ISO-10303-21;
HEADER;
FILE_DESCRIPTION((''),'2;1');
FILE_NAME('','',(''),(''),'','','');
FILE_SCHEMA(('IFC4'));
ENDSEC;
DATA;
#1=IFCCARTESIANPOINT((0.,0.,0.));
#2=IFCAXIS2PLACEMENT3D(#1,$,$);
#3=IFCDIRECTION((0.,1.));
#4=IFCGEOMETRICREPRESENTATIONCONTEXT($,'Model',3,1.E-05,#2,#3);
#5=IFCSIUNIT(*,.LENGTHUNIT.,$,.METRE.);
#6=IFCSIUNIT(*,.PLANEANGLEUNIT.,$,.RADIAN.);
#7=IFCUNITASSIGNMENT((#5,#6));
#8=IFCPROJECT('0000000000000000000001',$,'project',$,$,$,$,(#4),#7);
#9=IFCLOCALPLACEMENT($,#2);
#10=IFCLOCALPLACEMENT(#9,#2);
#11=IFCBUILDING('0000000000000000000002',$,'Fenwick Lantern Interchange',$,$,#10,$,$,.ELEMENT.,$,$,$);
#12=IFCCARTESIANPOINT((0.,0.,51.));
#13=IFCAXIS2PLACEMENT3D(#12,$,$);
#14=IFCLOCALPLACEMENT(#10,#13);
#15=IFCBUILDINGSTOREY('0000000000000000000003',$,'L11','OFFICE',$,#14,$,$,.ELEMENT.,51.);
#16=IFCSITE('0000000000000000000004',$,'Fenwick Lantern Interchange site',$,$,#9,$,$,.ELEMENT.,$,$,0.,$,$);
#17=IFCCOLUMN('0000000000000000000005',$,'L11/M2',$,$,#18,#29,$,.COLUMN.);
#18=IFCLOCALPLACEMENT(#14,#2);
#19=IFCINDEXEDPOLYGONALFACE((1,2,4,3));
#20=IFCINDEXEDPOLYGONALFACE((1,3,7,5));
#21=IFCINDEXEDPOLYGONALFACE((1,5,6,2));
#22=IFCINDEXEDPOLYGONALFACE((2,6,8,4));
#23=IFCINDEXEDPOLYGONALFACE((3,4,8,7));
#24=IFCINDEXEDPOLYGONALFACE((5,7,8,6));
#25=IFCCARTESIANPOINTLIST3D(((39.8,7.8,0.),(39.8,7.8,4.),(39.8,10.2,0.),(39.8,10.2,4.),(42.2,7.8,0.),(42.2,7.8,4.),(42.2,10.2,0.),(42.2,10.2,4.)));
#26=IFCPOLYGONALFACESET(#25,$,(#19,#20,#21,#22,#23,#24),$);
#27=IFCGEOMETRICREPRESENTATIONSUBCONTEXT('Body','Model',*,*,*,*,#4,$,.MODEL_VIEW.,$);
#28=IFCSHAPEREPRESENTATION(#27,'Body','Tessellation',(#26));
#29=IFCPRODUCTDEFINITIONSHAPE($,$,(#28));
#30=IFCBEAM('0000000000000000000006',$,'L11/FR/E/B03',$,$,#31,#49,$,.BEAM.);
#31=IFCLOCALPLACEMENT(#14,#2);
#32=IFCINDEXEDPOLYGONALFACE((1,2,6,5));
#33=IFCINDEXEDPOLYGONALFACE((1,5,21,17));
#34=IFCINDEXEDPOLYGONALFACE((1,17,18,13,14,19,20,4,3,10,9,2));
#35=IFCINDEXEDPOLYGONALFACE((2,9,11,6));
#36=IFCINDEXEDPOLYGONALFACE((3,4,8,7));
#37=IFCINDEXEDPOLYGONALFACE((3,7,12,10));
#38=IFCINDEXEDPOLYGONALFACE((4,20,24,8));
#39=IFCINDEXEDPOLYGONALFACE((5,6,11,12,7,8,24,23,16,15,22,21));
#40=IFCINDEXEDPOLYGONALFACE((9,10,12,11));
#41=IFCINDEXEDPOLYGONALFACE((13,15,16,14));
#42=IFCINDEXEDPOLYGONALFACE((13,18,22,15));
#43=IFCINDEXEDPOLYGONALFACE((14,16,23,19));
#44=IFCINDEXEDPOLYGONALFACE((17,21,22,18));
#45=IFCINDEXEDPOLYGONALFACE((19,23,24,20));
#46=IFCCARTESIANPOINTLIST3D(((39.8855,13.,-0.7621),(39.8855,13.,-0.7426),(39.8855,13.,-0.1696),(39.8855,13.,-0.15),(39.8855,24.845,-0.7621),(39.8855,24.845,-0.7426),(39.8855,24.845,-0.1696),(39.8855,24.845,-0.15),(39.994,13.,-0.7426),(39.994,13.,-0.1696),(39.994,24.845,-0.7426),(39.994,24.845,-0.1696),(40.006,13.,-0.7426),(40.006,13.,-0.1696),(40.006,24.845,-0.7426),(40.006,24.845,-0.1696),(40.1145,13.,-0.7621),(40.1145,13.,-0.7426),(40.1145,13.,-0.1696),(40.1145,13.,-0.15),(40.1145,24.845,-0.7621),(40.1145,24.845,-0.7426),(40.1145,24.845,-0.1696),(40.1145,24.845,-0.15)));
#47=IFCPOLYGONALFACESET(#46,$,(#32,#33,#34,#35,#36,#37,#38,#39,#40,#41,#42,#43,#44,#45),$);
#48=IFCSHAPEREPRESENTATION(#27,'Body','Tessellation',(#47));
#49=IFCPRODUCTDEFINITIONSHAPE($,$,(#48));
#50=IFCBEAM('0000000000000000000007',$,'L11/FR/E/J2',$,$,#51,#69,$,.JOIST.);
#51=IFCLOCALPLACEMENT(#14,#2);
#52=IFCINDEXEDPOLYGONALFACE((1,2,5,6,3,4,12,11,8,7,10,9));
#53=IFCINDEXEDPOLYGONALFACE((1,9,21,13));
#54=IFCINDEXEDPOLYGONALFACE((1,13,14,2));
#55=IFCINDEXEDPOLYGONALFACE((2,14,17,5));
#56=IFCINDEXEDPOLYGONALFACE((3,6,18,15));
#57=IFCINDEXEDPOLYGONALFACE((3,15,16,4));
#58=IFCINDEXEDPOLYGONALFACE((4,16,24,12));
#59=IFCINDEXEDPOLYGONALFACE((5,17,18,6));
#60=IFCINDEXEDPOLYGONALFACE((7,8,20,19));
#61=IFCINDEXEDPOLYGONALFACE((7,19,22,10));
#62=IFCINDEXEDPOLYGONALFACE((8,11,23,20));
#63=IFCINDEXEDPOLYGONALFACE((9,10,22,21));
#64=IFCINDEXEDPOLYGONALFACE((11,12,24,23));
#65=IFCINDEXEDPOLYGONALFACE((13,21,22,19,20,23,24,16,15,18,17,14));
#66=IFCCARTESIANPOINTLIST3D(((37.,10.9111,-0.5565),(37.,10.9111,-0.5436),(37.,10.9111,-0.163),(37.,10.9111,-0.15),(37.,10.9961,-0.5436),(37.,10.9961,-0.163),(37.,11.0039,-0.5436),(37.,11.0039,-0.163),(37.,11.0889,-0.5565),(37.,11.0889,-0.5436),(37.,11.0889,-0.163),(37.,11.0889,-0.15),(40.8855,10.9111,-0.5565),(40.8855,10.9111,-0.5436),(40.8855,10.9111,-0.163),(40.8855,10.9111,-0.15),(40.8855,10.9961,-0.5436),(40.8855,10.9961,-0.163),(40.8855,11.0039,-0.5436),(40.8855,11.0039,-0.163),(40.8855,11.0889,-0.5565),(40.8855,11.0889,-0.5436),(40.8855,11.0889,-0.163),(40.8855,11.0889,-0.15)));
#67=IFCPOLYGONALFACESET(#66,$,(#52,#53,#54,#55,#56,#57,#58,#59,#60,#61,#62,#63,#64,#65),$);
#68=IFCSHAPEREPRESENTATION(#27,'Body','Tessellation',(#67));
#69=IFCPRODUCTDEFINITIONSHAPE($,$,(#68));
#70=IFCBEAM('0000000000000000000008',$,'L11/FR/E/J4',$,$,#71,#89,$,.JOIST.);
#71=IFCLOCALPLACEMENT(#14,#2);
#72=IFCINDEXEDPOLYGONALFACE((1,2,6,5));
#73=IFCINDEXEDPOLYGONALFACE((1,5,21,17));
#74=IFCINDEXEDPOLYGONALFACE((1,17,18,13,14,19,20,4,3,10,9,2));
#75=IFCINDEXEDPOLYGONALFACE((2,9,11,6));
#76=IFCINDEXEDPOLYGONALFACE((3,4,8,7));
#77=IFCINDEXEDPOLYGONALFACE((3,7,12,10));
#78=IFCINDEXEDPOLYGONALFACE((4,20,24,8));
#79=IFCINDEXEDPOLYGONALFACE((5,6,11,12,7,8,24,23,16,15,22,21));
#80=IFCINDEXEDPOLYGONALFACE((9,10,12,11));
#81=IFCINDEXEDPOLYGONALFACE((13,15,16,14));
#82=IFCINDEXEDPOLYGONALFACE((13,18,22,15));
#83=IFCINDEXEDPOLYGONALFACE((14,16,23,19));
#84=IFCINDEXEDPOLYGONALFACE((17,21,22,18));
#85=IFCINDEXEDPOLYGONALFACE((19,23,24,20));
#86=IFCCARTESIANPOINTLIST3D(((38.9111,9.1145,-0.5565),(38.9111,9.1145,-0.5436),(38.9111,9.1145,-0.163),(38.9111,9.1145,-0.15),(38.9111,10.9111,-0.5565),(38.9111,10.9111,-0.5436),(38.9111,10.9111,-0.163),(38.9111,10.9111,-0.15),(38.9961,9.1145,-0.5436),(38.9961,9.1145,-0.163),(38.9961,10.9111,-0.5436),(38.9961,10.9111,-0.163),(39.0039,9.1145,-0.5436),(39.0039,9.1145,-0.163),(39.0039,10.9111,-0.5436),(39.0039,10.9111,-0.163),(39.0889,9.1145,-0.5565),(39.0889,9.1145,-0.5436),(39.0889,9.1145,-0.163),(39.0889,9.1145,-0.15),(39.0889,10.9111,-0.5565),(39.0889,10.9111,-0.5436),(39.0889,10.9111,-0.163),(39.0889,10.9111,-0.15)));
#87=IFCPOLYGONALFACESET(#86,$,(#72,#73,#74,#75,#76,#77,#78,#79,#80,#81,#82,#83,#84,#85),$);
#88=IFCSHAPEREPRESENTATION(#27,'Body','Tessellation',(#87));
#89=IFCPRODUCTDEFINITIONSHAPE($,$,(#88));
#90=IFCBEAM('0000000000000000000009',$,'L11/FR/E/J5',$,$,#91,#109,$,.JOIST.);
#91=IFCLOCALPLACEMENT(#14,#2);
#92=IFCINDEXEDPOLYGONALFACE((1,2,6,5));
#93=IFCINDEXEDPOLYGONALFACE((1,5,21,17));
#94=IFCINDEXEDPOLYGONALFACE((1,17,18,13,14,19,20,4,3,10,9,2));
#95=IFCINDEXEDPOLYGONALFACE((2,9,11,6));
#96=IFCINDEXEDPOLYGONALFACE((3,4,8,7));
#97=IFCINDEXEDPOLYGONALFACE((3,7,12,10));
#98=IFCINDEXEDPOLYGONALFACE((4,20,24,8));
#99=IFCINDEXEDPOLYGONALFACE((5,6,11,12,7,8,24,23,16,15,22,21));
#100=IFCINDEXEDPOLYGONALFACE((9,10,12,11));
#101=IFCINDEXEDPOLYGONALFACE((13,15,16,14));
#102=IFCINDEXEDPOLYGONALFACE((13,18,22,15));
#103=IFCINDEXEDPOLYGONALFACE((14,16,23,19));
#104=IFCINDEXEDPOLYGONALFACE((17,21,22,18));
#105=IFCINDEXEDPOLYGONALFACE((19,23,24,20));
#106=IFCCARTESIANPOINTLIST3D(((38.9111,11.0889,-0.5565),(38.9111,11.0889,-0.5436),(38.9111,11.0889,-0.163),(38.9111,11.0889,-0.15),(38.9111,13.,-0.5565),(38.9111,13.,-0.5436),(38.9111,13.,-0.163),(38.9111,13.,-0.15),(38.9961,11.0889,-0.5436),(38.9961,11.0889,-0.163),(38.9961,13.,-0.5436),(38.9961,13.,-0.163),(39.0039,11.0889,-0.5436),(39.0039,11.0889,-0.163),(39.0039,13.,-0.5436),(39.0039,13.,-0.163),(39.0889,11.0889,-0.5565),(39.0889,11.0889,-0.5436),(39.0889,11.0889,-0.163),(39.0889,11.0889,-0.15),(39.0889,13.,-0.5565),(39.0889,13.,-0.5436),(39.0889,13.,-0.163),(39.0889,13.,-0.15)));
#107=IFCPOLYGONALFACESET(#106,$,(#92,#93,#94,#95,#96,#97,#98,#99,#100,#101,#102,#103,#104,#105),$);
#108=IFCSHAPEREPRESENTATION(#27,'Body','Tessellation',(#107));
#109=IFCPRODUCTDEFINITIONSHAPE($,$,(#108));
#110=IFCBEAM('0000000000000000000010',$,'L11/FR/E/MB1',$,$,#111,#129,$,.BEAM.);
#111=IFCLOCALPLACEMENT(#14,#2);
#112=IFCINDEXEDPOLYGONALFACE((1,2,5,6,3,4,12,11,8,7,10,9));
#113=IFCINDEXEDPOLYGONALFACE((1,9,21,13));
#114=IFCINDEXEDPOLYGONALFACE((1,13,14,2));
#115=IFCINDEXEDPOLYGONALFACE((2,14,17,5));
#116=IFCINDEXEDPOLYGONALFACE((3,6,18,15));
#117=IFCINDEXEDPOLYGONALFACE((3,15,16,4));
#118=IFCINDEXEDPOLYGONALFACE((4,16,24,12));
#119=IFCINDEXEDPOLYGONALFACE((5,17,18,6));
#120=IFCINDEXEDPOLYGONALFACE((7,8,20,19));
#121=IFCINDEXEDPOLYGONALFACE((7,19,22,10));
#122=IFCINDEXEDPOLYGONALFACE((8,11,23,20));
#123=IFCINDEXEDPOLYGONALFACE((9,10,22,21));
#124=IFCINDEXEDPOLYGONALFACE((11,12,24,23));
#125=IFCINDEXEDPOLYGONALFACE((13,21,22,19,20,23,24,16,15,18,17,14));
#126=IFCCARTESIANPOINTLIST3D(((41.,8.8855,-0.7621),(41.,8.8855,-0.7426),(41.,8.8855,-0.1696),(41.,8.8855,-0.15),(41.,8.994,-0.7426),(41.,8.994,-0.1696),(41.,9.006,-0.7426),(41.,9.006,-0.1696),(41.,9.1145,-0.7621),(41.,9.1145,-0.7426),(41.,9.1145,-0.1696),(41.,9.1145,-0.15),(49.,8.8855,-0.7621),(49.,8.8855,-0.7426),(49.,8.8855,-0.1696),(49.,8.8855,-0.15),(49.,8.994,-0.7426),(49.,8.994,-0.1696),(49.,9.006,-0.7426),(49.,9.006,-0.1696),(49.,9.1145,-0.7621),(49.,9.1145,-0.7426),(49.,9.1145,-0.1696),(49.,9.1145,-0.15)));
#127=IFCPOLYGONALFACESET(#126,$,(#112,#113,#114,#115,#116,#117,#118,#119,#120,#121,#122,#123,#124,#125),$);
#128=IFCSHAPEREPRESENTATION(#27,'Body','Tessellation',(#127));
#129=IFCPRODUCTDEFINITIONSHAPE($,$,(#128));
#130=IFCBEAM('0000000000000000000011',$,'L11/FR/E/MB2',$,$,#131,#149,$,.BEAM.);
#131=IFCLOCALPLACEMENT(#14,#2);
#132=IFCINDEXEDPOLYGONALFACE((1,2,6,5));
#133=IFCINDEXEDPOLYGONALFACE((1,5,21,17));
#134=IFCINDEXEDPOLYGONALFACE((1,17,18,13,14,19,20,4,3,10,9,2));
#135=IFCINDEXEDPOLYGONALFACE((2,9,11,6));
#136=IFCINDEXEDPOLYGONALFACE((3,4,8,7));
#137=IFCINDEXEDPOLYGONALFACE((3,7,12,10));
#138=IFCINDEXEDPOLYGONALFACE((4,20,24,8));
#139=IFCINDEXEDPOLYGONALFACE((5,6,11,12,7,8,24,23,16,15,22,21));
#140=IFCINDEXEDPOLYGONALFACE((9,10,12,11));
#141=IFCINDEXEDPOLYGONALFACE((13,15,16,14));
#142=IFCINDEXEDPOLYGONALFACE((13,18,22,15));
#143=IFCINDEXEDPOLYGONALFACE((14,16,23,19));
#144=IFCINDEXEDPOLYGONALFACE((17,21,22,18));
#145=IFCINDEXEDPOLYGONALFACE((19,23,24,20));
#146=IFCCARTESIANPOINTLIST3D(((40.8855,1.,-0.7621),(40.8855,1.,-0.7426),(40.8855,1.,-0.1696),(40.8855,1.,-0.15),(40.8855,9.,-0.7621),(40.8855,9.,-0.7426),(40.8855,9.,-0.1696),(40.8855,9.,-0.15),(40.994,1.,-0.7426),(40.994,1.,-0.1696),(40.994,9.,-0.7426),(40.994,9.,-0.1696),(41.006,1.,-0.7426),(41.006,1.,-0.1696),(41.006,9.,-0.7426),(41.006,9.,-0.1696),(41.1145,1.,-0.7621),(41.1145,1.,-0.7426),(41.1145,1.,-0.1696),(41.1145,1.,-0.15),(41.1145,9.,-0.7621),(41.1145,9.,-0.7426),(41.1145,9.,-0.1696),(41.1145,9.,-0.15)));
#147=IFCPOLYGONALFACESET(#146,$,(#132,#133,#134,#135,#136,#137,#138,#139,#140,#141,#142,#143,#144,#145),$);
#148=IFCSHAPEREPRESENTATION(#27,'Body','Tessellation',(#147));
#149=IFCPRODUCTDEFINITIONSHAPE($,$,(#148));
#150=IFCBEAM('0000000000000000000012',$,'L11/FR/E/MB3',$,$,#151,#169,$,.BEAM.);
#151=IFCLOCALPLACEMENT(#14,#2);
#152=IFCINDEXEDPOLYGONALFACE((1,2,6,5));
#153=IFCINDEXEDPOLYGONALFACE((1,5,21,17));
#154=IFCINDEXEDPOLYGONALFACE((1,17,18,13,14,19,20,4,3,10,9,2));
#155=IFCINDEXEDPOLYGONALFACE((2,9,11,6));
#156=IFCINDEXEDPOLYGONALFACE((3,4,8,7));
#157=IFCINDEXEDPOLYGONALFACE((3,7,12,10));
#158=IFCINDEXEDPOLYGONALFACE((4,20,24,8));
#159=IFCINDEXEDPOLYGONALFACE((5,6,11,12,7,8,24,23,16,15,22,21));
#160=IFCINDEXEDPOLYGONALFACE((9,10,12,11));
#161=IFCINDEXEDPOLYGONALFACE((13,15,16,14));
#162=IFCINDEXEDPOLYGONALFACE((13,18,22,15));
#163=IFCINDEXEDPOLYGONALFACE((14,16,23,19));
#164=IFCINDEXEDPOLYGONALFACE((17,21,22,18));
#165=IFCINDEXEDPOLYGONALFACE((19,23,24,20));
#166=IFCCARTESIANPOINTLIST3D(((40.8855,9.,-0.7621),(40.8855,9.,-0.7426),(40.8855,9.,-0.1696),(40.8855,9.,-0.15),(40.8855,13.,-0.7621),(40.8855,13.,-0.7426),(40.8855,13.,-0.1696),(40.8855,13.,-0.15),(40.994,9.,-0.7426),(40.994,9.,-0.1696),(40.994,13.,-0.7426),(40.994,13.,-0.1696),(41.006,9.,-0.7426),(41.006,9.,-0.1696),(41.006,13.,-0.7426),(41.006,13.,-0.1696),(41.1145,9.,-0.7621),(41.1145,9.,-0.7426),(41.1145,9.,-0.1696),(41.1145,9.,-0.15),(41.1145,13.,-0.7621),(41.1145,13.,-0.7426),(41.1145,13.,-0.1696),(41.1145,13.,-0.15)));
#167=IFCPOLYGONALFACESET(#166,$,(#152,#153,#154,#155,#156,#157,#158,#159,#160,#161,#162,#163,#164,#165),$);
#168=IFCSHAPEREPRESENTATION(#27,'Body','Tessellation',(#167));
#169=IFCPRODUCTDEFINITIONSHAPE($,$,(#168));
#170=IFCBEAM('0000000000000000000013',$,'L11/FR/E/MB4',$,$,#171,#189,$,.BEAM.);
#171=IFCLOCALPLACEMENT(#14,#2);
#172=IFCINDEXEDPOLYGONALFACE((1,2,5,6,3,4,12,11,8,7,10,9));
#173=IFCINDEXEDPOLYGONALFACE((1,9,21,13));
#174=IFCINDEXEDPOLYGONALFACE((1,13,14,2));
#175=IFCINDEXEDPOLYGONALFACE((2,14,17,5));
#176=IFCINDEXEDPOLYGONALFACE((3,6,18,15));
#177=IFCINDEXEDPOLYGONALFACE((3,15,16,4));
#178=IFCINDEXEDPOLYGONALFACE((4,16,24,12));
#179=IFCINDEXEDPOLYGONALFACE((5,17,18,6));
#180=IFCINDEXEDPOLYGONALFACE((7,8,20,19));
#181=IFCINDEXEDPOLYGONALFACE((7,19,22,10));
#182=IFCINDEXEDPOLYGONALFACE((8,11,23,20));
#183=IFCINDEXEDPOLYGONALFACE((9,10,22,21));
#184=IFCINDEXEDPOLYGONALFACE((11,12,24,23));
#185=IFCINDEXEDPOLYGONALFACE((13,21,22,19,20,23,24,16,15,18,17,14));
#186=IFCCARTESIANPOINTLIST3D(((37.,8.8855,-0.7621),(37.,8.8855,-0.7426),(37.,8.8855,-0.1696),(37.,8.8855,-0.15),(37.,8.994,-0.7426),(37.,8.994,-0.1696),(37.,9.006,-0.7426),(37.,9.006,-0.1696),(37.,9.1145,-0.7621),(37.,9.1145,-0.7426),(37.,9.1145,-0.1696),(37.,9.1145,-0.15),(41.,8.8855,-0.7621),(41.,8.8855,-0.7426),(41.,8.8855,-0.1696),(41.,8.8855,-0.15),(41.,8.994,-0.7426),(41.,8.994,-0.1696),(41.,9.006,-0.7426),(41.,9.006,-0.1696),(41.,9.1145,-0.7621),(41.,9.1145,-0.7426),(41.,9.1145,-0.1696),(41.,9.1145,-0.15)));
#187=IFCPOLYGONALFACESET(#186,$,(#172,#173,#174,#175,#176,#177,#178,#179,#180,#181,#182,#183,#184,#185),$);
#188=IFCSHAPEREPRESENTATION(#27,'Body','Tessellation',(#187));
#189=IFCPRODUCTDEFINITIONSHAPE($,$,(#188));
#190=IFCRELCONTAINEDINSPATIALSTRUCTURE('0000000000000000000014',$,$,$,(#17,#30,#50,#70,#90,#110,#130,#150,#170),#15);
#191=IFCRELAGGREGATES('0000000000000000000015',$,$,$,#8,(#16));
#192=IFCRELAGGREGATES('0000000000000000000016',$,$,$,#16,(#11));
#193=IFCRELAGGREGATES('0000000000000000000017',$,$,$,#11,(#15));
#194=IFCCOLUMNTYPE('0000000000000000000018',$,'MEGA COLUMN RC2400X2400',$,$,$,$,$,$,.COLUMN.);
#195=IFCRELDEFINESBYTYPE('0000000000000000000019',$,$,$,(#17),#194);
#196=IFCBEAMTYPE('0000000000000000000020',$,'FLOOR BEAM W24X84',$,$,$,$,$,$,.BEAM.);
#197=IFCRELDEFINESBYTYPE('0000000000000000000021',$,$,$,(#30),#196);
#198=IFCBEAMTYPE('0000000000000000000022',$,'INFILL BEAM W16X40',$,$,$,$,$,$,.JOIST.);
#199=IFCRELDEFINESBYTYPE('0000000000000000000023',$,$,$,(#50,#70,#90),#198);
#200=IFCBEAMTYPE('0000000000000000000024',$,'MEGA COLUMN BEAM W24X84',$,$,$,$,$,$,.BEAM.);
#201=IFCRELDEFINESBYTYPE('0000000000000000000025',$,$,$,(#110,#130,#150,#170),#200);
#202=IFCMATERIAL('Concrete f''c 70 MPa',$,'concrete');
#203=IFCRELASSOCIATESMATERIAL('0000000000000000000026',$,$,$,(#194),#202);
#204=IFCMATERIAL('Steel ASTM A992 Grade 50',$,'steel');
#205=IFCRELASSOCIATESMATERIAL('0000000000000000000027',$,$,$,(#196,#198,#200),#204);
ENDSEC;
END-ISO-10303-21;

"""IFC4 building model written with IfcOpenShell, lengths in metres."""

from ifc_helpers import new_model, si_unit, direction, frame, origin, origin_2d, place, context, subcontext, project, spatial, rectangle, i_section, extrude, material, material_profile, profile_set, type_object, element, save


model = new_model("IFC4")

# Units and contexts
model_context = context("Model", 3, precision=1e-05, world=origin(), true_north=direction((0.0, 1.0)))
body_context = subcontext(model_context, "Body", "Model", "MODEL_VIEW")
ifc_project = project(units=[si_unit("LENGTHUNIT", "METRE"), si_unit("PLANEANGLEUNIT", "RADIAN")], contexts=[model_context])

# Site, building, storey
site_placement = place(None, origin())
site = spatial("IfcSite", under=ifc_project, at=site_placement, Name="Fenwick Lantern Interchange site", CompositionType="ELEMENT", RefElevation=0.0)
building_placement = place(site_placement, origin())
building = spatial("IfcBuilding", under=site, at=building_placement, Name="Fenwick Lantern Interchange", CompositionType="ELEMENT")
storey_placement = place(building_placement, frame((0.0, 0.0, 51.0)))
storey = spatial("IfcBuildingStorey", under=building, at=storey_placement, Name="L11", Description="OFFICE", CompositionType="ELEMENT", Elevation=51.0)

# Column
ifc_material_1 = material(Name="Concrete f'c 70 MPa", Category="concrete")
ifc_material_profile_1 = material_profile(ifc_material_1, rectangle(XDim=2.3999, YDim=2.3999, at=origin_2d()), Name="RC2400X2400")
ifc_profile_set_1 = profile_set([ifc_material_profile_1], Name="Concrete f'c 70 MPa")
column_type = type_object("IfcColumnType", Name="MEGA COLUMN RC2400X2400", PredefinedType="COLUMN", material=ifc_profile_set_1)
column_placement = place(storey_placement, frame((41.0, 9.0, 0.0), z_axis=(0.0, 0.0, 1.0), x_axis=(1.0, 0.0, 0.0)))
element("IfcColumn", 1, at=column_placement, inside=storey, type_object=column_type, Name="L11/M2", PredefinedType="COLUMN", context=body_context, shape_type="SweptSolid", body=[
    extrude(rectangle(XDim=2.3999, YDim=2.3999, at=origin_2d()), origin(), (0.0, 0.0, 1.0), 4.0),
])

# Beams
ifc_material_2 = material(Name="Steel ASTM A992 Grade 50", Category="steel")
ifc_material_profile_2 = material_profile(ifc_material_2, i_section(OverallWidth=0.229, OverallDepth=0.6121, WebThickness=0.012, FlangeThickness=0.0195, at=origin_2d()), Name="W24X84")
ifc_profile_set_2 = profile_set([ifc_material_profile_2], Name="Steel ASTM A992 Grade 50")
beam_type_1 = type_object("IfcBeamType", Name="FLOOR BEAM W24X84", PredefinedType="BEAM", material=ifc_profile_set_2)
beam_1_placement = place(storey_placement, frame((40.0, 13.0, -0.4561), z_axis=(0.0, 1.0, 0.0), x_axis=(-1.0, 0.0, 0.0)))
element("IfcBeam", 2, at=beam_1_placement, inside=storey, type_object=beam_type_1, Name="L11/FR/E/B03", PredefinedType="BEAM", context=body_context, shape_type="SweptSolid", body=[
    extrude(i_section(OverallWidth=0.229, OverallDepth=0.6121, WebThickness=0.012, FlangeThickness=0.0195, at=origin_2d()), origin(), (0.0, 0.0, 1.0), 11.845),
])
ifc_material_profile_3 = material_profile(ifc_material_2, i_section(OverallWidth=0.1777, OverallDepth=0.4065, WebThickness=0.0078, FlangeThickness=0.0129, at=origin_2d()), Name="W16X40")
ifc_profile_set_3 = profile_set([ifc_material_profile_3], Name="Steel ASTM A992 Grade 50")
beam_type_2 = type_object("IfcBeamType", Name="INFILL BEAM W16X40", PredefinedType="JOIST", material=ifc_profile_set_3)
beam_2_placement = place(storey_placement, frame((40.8855, 11.0, -0.3533), z_axis=(-1.0, 0.0, 0.0), x_axis=(0.0, -1.0, 0.0)))
element("IfcBeam", 3, at=beam_2_placement, inside=storey, type_object=beam_type_2, Name="L11/FR/E/J2", PredefinedType="JOIST", context=body_context, shape_type="SweptSolid", body=[
    extrude(i_section(OverallWidth=0.1777, OverallDepth=0.4065, WebThickness=0.0078, FlangeThickness=0.0129, at=origin_2d()), origin(), (0.0, 0.0, 1.0), 3.8855),
])
beam_3_placement = place(storey_placement, frame((39.0, 9.1145, -0.3533), z_axis=(0.0, 1.0, 0.0), x_axis=(-1.0, 0.0, 0.0)))
element("IfcBeam", 4, at=beam_3_placement, inside=storey, type_object=beam_type_2, Name="L11/FR/E/J4", PredefinedType="JOIST", context=body_context, shape_type="SweptSolid", body=[
    extrude(i_section(OverallWidth=0.1777, OverallDepth=0.4065, WebThickness=0.0078, FlangeThickness=0.0129, at=origin_2d()), origin(), (0.0, 0.0, 1.0), 1.7966),
])
beam_4_placement = place(storey_placement, frame((39.0, 11.0889, -0.3533), z_axis=(0.0, 1.0, 0.0), x_axis=(-1.0, 0.0, 0.0)))
element("IfcBeam", 5, at=beam_4_placement, inside=storey, type_object=beam_type_2, Name="L11/FR/E/J5", PredefinedType="JOIST", context=body_context, shape_type="SweptSolid", body=[
    extrude(i_section(OverallWidth=0.1777, OverallDepth=0.4065, WebThickness=0.0078, FlangeThickness=0.0129, at=origin_2d()), origin(), (0.0, 0.0, 1.0), 1.9111),
])
ifc_material_profile_4 = material_profile(ifc_material_2, i_section(OverallWidth=0.229, OverallDepth=0.6121, WebThickness=0.012, FlangeThickness=0.0195, at=origin_2d()), Name="W24X84")
ifc_profile_set_4 = profile_set([ifc_material_profile_4], Name="Steel ASTM A992 Grade 50")
beam_type_3 = type_object("IfcBeamType", Name="MEGA COLUMN BEAM W24X84", PredefinedType="BEAM", material=ifc_profile_set_4)
for number, where, z_axis, x_axis, name in (
    (6, (41.0, 9.0, -0.4561), (1.0, 0.0, 0.0), (0.0, 1.0, 0.0), "L11/FR/E/MB1"),
    (7, (41.0, 9.0, -0.4561), (0.0, -1.0, 0.0), (1.0, 0.0, 0.0), "L11/FR/E/MB2"),
):
    element("IfcBeam", number, at=place(storey_placement, frame(where, z_axis=z_axis, x_axis=x_axis)), inside=storey, type_object=beam_type_3, Name=name, PredefinedType="BEAM", context=body_context, shape_type="SweptSolid", body=[
        extrude(i_section(OverallWidth=0.229, OverallDepth=0.6121, WebThickness=0.012, FlangeThickness=0.0195, at=origin_2d()), origin(), (0.0, 0.0, 1.0), 8.0),
    ])
for number, where, z_axis, x_axis, name in (
    (8, (41.0, 9.0, -0.4561), (0.0, 1.0, 0.0), (-1.0, 0.0, 0.0), "L11/FR/E/MB3"),
    (9, (41.0, 9.0, -0.4561), (-1.0, 0.0, 0.0), (0.0, -1.0, 0.0), "L11/FR/E/MB4"),
):
    element("IfcBeam", number, at=place(storey_placement, frame(where, z_axis=z_axis, x_axis=x_axis)), inside=storey, type_object=beam_type_3, Name=name, PredefinedType="BEAM", context=body_context, shape_type="SweptSolid", body=[
        extrude(i_section(OverallWidth=0.229, OverallDepth=0.6121, WebThickness=0.012, FlangeThickness=0.0195, at=origin_2d()), origin(), (0.0, 0.0, 1.0), 4.0),
    ])

save(model, "model.ifc")
